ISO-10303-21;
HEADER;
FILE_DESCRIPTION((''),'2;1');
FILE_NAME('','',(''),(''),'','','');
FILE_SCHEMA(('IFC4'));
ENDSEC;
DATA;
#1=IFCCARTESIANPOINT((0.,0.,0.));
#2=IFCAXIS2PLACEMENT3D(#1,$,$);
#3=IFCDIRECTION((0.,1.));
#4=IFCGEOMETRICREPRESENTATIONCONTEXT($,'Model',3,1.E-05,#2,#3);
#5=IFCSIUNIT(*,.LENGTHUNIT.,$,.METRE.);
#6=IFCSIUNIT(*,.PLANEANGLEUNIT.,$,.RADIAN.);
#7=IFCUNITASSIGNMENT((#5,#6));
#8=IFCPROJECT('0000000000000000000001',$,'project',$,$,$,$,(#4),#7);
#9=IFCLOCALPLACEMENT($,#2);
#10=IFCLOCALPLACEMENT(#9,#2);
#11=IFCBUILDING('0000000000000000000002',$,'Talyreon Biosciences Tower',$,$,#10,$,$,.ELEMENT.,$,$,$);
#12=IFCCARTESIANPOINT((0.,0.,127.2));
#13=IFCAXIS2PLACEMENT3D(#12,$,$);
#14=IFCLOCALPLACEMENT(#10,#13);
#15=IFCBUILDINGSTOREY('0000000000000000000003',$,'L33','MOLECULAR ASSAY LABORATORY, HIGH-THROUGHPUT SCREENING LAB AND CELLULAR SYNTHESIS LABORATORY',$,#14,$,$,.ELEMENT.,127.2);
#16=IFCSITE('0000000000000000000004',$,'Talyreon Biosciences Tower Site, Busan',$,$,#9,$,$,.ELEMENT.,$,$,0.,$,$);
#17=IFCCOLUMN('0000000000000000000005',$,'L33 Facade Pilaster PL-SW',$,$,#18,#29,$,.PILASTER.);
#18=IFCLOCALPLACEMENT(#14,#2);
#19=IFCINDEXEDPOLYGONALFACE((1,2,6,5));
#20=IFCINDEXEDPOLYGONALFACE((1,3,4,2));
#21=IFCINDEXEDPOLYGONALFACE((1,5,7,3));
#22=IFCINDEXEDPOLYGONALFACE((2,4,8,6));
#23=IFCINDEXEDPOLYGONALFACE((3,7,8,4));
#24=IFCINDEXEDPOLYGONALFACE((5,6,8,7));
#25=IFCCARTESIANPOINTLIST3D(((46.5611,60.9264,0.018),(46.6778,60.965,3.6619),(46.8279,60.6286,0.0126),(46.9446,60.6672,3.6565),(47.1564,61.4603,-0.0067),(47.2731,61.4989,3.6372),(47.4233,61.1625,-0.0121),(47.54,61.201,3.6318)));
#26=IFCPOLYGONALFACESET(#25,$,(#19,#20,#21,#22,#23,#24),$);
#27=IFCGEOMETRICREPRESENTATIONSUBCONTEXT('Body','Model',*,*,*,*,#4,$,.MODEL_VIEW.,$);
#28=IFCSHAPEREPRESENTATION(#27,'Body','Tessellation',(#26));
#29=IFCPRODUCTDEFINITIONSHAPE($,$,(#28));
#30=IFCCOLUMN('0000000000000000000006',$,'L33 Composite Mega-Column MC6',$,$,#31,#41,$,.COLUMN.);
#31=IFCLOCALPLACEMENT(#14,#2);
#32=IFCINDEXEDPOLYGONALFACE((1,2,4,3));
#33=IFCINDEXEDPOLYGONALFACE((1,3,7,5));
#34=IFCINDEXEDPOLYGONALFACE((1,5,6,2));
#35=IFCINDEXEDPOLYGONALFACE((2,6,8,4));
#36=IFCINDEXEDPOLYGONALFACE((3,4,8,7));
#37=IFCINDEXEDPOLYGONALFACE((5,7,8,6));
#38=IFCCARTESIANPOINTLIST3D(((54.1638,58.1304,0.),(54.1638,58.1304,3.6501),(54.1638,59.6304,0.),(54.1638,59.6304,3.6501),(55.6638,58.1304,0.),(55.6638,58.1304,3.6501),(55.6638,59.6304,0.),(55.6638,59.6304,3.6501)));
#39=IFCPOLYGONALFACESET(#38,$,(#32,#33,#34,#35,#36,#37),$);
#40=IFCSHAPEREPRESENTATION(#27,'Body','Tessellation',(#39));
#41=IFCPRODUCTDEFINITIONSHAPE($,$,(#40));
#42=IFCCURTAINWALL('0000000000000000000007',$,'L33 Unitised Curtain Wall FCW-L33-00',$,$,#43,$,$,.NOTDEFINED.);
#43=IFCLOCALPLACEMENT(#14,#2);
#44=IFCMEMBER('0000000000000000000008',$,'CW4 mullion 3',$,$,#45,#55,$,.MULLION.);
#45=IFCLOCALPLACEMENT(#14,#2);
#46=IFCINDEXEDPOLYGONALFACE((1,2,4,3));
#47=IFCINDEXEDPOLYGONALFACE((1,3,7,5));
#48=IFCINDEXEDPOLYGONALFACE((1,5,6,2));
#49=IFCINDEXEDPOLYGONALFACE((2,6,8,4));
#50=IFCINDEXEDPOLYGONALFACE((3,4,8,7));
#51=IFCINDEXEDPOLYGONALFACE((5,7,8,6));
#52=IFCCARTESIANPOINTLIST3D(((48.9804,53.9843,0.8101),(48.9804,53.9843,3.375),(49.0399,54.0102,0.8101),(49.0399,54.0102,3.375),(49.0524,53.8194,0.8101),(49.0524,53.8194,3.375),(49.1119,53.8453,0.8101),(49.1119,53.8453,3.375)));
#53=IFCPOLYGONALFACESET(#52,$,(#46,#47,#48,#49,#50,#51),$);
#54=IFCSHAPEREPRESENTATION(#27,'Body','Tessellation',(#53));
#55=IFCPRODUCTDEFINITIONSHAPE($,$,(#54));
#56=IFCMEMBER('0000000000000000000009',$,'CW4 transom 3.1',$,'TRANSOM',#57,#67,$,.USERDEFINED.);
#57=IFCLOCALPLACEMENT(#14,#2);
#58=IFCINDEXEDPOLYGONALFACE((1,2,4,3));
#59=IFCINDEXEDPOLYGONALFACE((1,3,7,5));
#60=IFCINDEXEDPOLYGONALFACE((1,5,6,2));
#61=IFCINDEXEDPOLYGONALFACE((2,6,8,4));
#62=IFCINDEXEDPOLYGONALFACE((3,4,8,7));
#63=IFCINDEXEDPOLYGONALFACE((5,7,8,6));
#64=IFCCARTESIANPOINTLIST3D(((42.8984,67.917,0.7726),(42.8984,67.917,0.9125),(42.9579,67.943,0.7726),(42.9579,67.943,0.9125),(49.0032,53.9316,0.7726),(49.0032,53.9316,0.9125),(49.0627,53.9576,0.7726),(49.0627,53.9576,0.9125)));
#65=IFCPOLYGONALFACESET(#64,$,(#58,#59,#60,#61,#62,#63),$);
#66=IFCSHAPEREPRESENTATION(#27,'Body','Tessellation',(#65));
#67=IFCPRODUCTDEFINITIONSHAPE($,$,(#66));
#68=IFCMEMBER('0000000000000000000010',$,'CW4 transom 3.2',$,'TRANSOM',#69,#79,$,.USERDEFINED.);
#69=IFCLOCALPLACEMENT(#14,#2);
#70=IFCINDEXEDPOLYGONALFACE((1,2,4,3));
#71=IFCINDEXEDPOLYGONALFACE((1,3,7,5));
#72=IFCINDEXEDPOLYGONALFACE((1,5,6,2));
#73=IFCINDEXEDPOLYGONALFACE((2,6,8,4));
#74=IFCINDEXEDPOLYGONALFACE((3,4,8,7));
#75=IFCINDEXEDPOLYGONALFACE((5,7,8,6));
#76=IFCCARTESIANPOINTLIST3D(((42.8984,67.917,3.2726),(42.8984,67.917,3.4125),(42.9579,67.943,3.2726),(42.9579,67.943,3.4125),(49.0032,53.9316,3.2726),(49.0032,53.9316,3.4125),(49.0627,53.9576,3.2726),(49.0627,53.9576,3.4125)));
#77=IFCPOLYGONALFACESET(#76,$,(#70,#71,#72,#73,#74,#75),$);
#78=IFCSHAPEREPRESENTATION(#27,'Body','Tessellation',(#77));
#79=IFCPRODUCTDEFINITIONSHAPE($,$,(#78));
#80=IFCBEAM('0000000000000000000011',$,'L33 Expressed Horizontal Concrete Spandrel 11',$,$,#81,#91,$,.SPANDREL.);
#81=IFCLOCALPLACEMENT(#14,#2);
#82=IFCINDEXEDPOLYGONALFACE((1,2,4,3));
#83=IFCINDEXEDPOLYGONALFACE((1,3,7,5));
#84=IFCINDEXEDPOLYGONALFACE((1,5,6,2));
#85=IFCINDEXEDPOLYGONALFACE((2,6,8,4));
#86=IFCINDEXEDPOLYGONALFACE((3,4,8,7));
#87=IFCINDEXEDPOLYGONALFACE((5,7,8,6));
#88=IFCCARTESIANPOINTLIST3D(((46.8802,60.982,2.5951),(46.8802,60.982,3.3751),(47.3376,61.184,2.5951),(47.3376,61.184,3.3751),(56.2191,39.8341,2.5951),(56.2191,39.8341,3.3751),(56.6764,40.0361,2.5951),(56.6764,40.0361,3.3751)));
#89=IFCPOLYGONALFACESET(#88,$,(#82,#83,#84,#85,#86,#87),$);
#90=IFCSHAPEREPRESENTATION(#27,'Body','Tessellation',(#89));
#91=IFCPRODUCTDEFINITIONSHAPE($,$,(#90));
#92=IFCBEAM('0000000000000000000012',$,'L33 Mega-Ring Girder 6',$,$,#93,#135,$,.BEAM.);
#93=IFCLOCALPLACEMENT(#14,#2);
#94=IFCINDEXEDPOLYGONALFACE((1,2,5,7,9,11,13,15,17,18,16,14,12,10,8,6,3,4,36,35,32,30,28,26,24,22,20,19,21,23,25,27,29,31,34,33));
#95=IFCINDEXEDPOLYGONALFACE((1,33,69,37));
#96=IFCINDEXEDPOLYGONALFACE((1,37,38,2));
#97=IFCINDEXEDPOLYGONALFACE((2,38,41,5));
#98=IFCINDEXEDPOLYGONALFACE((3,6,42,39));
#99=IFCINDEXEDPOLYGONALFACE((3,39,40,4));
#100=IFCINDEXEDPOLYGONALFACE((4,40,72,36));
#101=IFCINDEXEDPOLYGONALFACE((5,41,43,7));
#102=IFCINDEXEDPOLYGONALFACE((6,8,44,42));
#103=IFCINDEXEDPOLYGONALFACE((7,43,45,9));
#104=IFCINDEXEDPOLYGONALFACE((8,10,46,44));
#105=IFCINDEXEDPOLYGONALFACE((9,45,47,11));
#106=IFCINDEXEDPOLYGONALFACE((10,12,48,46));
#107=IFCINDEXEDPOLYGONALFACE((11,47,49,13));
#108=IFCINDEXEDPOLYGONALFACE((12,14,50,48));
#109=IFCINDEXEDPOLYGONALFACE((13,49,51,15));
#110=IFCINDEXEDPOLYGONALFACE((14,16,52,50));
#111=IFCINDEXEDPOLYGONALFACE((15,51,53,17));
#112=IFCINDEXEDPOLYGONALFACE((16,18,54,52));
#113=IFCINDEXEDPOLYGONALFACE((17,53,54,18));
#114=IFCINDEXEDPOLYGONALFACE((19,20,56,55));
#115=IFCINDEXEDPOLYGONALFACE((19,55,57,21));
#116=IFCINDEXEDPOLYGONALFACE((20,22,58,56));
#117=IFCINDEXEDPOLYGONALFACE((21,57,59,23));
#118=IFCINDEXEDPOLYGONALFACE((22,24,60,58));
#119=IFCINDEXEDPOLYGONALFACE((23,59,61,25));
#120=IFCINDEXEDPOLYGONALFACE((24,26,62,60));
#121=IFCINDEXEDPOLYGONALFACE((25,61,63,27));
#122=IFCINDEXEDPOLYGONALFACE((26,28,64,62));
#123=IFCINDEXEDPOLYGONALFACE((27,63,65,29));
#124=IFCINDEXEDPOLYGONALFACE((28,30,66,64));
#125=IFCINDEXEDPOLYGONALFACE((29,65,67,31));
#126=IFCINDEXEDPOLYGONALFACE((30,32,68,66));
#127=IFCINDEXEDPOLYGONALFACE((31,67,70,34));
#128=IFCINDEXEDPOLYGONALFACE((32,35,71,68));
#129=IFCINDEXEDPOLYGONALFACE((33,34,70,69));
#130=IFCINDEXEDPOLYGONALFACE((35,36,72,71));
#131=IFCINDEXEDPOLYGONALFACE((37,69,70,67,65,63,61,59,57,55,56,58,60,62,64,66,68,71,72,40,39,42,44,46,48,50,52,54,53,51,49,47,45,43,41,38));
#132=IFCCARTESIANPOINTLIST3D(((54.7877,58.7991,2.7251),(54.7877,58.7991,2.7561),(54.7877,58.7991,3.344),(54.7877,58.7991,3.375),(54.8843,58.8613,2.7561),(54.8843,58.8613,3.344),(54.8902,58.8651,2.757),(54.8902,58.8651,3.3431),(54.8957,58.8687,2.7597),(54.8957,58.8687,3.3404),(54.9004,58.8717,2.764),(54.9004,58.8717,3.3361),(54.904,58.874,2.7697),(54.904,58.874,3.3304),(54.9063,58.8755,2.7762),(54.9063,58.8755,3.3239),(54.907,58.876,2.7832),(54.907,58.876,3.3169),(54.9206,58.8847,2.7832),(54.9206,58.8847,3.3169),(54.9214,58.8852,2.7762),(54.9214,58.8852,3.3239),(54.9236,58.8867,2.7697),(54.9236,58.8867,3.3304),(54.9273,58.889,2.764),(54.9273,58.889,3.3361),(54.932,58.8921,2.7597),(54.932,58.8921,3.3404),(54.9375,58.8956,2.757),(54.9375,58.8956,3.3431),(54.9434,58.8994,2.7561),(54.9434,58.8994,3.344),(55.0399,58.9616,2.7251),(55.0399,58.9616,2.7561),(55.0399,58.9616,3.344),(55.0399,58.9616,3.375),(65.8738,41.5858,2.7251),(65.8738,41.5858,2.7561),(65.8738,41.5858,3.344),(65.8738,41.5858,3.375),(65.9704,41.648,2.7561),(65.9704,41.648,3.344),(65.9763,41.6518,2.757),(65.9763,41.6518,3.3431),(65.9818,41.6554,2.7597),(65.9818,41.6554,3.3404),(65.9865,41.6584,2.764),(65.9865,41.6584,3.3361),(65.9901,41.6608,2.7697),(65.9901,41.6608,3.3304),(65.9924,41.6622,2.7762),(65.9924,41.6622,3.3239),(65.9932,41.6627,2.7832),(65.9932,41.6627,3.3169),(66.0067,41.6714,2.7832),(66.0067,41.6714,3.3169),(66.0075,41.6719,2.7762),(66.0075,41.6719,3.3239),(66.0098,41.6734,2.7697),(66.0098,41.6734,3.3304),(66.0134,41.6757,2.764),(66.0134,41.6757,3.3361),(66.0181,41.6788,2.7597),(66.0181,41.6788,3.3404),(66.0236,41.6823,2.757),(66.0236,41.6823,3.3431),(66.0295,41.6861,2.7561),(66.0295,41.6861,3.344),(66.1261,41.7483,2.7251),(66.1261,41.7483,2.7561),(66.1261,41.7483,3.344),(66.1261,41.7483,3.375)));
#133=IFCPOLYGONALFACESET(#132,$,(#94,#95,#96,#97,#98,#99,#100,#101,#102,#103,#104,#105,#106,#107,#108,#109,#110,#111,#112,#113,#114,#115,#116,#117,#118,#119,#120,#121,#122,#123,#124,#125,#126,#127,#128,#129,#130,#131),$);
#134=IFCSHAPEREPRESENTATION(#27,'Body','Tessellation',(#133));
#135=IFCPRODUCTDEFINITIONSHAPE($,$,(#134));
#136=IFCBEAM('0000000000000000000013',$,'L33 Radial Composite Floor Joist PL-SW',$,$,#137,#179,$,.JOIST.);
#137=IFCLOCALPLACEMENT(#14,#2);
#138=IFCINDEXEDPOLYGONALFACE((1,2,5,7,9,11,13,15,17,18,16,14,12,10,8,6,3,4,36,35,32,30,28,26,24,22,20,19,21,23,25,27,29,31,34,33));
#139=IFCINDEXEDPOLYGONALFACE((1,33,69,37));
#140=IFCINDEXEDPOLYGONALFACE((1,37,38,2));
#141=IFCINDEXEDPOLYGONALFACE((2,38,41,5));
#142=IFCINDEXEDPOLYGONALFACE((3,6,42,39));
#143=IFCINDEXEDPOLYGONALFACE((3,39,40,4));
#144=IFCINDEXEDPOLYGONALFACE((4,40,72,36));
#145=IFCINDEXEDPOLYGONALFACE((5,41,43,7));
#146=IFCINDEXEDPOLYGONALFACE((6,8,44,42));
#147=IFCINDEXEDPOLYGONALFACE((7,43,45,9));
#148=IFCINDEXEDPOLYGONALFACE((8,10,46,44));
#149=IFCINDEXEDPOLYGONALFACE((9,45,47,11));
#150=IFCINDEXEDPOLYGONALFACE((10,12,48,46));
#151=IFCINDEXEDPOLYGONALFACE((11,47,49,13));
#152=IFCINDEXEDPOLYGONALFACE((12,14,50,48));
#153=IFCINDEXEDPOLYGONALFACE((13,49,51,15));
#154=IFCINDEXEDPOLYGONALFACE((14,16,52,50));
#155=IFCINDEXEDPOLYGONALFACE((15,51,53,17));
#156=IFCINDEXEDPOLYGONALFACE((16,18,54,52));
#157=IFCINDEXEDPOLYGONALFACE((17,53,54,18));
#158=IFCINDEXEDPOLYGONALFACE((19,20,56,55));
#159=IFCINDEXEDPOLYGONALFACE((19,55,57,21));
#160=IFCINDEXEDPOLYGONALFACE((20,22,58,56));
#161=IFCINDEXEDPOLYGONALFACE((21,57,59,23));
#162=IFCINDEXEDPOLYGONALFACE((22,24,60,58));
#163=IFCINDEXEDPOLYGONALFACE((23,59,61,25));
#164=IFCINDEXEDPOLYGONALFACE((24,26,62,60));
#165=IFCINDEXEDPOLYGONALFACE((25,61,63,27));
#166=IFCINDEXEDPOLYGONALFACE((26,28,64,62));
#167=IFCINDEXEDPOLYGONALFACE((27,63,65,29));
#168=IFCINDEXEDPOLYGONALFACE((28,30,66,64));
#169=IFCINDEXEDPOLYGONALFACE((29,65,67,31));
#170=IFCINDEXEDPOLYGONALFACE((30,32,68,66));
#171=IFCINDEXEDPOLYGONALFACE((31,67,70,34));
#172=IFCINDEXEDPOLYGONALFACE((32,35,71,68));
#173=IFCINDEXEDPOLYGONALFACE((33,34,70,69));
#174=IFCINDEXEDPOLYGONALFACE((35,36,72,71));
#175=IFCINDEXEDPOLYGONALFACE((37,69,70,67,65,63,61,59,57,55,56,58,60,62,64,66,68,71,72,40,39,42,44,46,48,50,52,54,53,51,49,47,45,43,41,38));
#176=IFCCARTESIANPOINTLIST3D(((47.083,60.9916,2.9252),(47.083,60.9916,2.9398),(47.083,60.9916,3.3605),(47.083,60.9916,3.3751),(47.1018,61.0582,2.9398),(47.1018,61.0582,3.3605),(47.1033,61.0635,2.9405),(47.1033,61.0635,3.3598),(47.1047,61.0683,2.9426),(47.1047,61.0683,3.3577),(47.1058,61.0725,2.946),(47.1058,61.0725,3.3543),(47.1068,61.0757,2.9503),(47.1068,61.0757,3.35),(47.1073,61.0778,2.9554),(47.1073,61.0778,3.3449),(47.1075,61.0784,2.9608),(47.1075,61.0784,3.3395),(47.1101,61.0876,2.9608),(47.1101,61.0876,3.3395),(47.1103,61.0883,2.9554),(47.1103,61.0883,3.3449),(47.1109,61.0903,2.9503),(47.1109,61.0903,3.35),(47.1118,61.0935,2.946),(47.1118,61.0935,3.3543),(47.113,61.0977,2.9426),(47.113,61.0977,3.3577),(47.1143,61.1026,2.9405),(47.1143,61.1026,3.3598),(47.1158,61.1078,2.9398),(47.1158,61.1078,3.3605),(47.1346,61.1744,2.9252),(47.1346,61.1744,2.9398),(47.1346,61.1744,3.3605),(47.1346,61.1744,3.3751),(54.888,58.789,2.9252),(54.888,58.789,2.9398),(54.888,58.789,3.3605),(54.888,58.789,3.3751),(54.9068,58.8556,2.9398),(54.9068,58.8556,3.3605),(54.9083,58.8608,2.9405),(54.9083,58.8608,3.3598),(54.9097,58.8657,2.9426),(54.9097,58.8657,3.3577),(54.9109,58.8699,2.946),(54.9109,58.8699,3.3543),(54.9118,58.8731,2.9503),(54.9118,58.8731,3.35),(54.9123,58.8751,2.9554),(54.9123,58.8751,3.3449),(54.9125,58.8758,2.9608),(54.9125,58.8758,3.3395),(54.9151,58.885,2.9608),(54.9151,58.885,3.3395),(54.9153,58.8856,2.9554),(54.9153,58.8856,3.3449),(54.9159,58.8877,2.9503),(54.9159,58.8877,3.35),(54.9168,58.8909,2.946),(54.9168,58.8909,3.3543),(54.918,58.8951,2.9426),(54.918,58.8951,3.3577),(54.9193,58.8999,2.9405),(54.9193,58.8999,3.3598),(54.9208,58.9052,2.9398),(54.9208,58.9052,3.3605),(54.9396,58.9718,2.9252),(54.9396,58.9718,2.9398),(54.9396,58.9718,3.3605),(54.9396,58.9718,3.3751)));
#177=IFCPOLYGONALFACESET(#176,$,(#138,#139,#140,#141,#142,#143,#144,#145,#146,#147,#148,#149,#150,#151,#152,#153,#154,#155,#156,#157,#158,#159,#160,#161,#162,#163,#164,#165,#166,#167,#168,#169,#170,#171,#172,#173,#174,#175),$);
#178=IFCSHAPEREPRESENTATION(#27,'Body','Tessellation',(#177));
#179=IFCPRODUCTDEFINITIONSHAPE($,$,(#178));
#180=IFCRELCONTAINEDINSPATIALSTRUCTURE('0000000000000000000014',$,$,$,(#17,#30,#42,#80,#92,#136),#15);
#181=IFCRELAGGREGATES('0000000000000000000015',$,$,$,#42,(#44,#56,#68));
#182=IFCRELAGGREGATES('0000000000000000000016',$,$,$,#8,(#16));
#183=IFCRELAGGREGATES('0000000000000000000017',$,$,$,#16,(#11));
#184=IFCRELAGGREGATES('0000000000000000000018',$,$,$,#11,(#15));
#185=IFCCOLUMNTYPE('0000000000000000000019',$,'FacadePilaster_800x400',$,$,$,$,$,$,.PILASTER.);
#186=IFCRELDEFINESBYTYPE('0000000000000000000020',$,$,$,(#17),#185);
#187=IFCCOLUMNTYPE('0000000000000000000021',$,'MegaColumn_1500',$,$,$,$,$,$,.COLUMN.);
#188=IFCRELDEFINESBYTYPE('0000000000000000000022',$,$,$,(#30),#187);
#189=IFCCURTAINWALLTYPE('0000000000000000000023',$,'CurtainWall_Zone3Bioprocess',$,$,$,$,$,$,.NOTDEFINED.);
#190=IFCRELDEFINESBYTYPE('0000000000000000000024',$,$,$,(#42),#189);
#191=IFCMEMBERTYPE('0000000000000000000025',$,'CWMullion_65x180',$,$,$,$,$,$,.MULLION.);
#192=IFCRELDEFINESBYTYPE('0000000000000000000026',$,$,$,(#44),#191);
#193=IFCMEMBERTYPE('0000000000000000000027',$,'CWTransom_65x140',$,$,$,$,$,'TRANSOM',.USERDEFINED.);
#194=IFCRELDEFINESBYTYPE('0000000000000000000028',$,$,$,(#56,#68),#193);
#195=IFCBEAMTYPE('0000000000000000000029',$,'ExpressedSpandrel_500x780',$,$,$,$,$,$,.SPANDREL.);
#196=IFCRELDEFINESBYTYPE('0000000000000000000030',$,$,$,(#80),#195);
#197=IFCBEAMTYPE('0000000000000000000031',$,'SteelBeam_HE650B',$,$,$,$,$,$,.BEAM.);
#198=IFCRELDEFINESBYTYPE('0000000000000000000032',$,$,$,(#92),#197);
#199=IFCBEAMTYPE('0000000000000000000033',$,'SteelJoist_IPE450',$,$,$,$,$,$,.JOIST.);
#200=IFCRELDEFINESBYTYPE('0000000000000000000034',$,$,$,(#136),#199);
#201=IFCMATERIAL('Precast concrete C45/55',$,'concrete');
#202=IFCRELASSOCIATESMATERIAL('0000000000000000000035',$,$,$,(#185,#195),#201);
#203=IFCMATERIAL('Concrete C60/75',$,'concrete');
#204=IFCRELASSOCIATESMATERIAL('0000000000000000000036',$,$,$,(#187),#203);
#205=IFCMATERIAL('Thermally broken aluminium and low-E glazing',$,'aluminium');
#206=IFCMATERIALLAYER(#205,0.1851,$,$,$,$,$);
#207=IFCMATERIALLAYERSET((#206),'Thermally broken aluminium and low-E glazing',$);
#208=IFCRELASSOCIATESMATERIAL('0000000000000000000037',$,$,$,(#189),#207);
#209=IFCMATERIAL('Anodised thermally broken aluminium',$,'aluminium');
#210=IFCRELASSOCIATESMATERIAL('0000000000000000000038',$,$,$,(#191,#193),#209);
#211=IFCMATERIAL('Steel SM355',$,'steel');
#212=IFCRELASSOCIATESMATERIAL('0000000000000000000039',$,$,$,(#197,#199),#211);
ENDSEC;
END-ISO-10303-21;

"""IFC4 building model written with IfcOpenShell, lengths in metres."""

from ifc_helpers import new_model, si_unit, direction, frame, origin, origin_2d, place, context, subcontext, project, spatial, rectangle, i_section, extrude, material, layer, layer_set, material_profile, profile_set, type_object, element, aggregate, save


model = new_model("IFC4")

# Units and contexts
model_context = context("Model", 3, precision=1e-05, world=origin(), true_north=direction((0.0, 1.0)))
body_context = subcontext(model_context, "Body", "Model", "MODEL_VIEW")
ifc_project = project(units=[si_unit("LENGTHUNIT", "METRE"), si_unit("PLANEANGLEUNIT", "RADIAN")], contexts=[model_context])

# Site, building, storey
site_placement = place(None, origin())
site = spatial("IfcSite", under=ifc_project, at=site_placement, Name="Talyreon Biosciences Tower Site, Busan", CompositionType="ELEMENT", RefElevation=0.0)
building_placement = place(site_placement, origin())
building = spatial("IfcBuilding", under=site, at=building_placement, Name="Talyreon Biosciences Tower", CompositionType="ELEMENT")
storey_placement = place(building_placement, frame((0.0, 0.0, 127.2)))
storey = spatial("IfcBuildingStorey", under=building, at=storey_placement, Name="L33", Description="MOLECULAR ASSAY LABORATORY, HIGH-THROUGHPUT SCREENING LAB AND CELLULAR SYNTHESIS LABORATORY", CompositionType="ELEMENT", Elevation=127.2)

# Columns
ifc_material_1 = material(Name="Precast concrete C45/55", Category="concrete")
ifc_material_profile_1 = material_profile(ifc_material_1, rectangle(XDim=0.8, YDim=0.3999, at=origin_2d()), Name="RC 800x400")
ifc_profile_set_1 = profile_set([ifc_material_profile_1], Name="Precast concrete C45/55")
column_type_1 = type_object("IfcColumnType", Name="FacadePilaster_800x400", PredefinedType="PILASTER", material=ifc_profile_set_1)
column_1_placement = place(storey_placement, frame((46.9922, 61.0444, 0.0029), z_axis=(0.032006, 0.01058, 0.999432), x_axis=(0.744132, 0.667318, -0.030894)))
element("IfcColumn", 1, at=column_1_placement, inside=storey, type_object=column_type_1, Name="L33 Facade Pilaster PL-SW", PredefinedType="PILASTER", context=body_context, shape_type="SweptSolid", body=[
    extrude(rectangle(XDim=0.8, YDim=0.3999, at=origin_2d()), origin(), (0.0, 0.0, 1.0), 3.646),
])
ifc_material_2 = material(Name="Concrete C60/75", Category="concrete")
ifc_material_profile_2 = material_profile(ifc_material_2, rectangle(XDim=1.5, YDim=1.5, at=origin_2d()), Name="RC 1500x1500")
ifc_profile_set_2 = profile_set([ifc_material_profile_2], Name="Concrete C60/75")
column_type_2 = type_object("IfcColumnType", Name="MegaColumn_1500", PredefinedType="COLUMN", material=ifc_profile_set_2)
column_2_placement = place(storey_placement, frame((54.9138, 58.8804, 0.0), z_axis=(0.0, 0.0, 1.0), x_axis=(1.0, 0.0, 0.0)))
element("IfcColumn", 2, at=column_2_placement, inside=storey, type_object=column_type_2, Name="L33 Composite Mega-Column MC6", PredefinedType="COLUMN", context=body_context, shape_type="SweptSolid", body=[
    extrude(rectangle(XDim=1.5, YDim=1.5, at=origin_2d()), origin(), (0.0, 0.0, 1.0), 3.6501),
])

# Curtain wall, members
ifc_material_3 = material(Name="Thermally broken aluminium and low-E glazing", Category="aluminium")
ifc_layer_1 = layer(ifc_material_3, 0.1851)
ifc_layer_set_1 = layer_set([ifc_layer_1], Name="Thermally broken aluminium and low-E glazing")
curtain_wall_type = type_object("IfcCurtainWallType", Name="CurtainWall_Zone3Bioprocess", PredefinedType="NOTDEFINED", material=ifc_layer_set_1)
curtain_wall_placement = place(storey_placement, origin())
curtain_wall = element("IfcCurtainWall", 3, at=curtain_wall_placement, inside=storey, type_object=curtain_wall_type, Name="L33 Unitised Curtain Wall FCW-L33-00", PredefinedType="NOTDEFINED")
ifc_material_4 = material(Name="Anodised thermally broken aluminium", Category="aluminium")
ifc_material_profile_3 = material_profile(ifc_material_4, rectangle(XDim=0.0649, YDim=0.1799, at=origin_2d()), Name="ALUM MULLION 65x180")
ifc_profile_set_3 = profile_set([ifc_material_profile_3], Name="Anodised thermally broken aluminium")
member_type_1 = type_object("IfcMemberType", Name="CWMullion_65x180", PredefinedType="MULLION", material=ifc_profile_set_3)
member_1_placement = place(storey_placement, frame((49.0461, 53.9148, 0.8101), z_axis=(0.0, 0.0, 1.0), x_axis=(-0.91649, -0.400058, 0.0)))
member_1 = element("IfcMember", 4, at=member_1_placement, type_object=member_type_1, Name="CW4 mullion 3", PredefinedType="MULLION", context=body_context, shape_type="SweptSolid", body=[
    extrude(rectangle(XDim=0.0649, YDim=0.1799, at=origin_2d()), origin(), (0.0, 0.0, 1.0), 2.5649),
])
ifc_material_profile_4 = material_profile(ifc_material_4, rectangle(XDim=0.0649, YDim=0.1399, at=origin_2d()), Name="ALUM TRANSOM 65x140")
ifc_profile_set_4 = profile_set([ifc_material_profile_4], Name="Anodised thermally broken aluminium")
member_type_2 = type_object("IfcMemberType", Name="CWTransom_65x140", ElementType="TRANSOM", PredefinedType="USERDEFINED", material=ifc_profile_set_4)
member_2_placement = place(storey_placement, frame((49.033, 53.9446, 0.8425), z_axis=(-0.400057, 0.91649, 0.0), x_axis=(-0.91649, -0.400057, 0.0)))
member_2 = element("IfcMember", 5, at=member_2_placement, type_object=member_type_2, Name="CW4 transom 3.1", ObjectType="TRANSOM", PredefinedType="USERDEFINED", context=body_context, shape_type="SweptSolid", body=[
    extrude(rectangle(XDim=0.0649, YDim=0.1399, at=origin_2d()), origin(), (0.0, 0.0, 1.0), 15.2598),
])
member_3_placement = place(storey_placement, frame((49.033, 53.9446, 3.3425), z_axis=(-0.400057, 0.91649, 0.0), x_axis=(-0.91649, -0.400057, 0.0)))
member_3 = element("IfcMember", 6, at=member_3_placement, type_object=member_type_2, Name="CW4 transom 3.2", ObjectType="TRANSOM", PredefinedType="USERDEFINED", context=body_context, shape_type="SweptSolid", body=[
    extrude(rectangle(XDim=0.0649, YDim=0.1399, at=origin_2d()), origin(), (0.0, 0.0, 1.0), 15.2598),
])

# Beams
ifc_material_profile_5 = material_profile(ifc_material_1, rectangle(XDim=0.5, YDim=0.78, at=origin_2d()), Name="RCB 500x780")
ifc_profile_set_5 = profile_set([ifc_material_profile_5], Name="Precast concrete C45/55")
beam_type_1 = type_object("IfcBeamType", Name="ExpressedSpandrel_500x780", PredefinedType="SPANDREL", material=ifc_profile_set_5)
beam_1_placement = place(storey_placement, frame((47.1089, 61.083, 2.9851), z_axis=(0.403962, -0.914776, 0.0), x_axis=(0.914776, 0.403962, 0.0)))
element("IfcBeam", 7, at=beam_1_placement, inside=storey, type_object=beam_type_1, Name="L33 Expressed Horizontal Concrete Spandrel 11", PredefinedType="SPANDREL", context=body_context, shape_type="SweptSolid", body=[
    extrude(rectangle(XDim=0.5, YDim=0.78, at=origin_2d()), origin(), (0.0, 0.0, 1.0), 23.1182),
])
ifc_material_5 = material(Name="Steel SM355", Category="steel")
ifc_material_profile_6 = material_profile(ifc_material_5, i_section(OverallWidth=0.3, OverallDepth=0.6499, WebThickness=0.0161, FlangeThickness=0.031, FilletRadius=0.0271, at=origin_2d()), Name="HE650B")
ifc_profile_set_6 = profile_set([ifc_material_profile_6], Name="Steel SM355")
beam_type_2 = type_object("IfcBeamType", Name="SteelBeam_HE650B", PredefinedType="BEAM", material=ifc_profile_set_6)
beam_2_placement = place(storey_placement, frame((54.9138, 58.8804, 3.05), z_axis=(0.541464, -0.840724, 0.0), x_axis=(0.840724, 0.541464, 0.0)))
element("IfcBeam", 8, at=beam_2_placement, inside=storey, type_object=beam_type_2, Name="L33 Mega-Ring Girder 6", PredefinedType="BEAM", context=body_context, shape_type="SweptSolid", body=[
    extrude(i_section(OverallWidth=0.3, OverallDepth=0.6499, WebThickness=0.0161, FlangeThickness=0.031, FilletRadius=0.0271, at=origin_2d()), origin(), (0.0, 0.0, 1.0), 20.4744),
])
ifc_material_profile_7 = material_profile(ifc_material_5, i_section(OverallWidth=0.1899, OverallDepth=0.45, WebThickness=0.0095, FlangeThickness=0.0146, FilletRadius=0.021, at=origin_2d()), Name="IPE450")
ifc_profile_set_7 = profile_set([ifc_material_profile_7], Name="Steel SM355")
beam_type_3 = type_object("IfcBeamType", Name="SteelJoist_IPE450", PredefinedType="JOIST", material=ifc_profile_set_7)
beam_3_placement = place(storey_placement, frame((54.9138, 58.8804, 3.1501), z_axis=(-0.96241, 0.271602, 0.0), x_axis=(-0.271602, -0.96241, 0.0)))
element("IfcBeam", 9, at=beam_3_placement, inside=storey, type_object=beam_type_3, Name="L33 Radial Composite Floor Joist PL-SW", PredefinedType="JOIST", context=body_context, shape_type="SweptSolid", body=[
    extrude(i_section(OverallWidth=0.1899, OverallDepth=0.45, WebThickness=0.0095, FlangeThickness=0.0146, FilletRadius=0.021, at=origin_2d()), origin(), (0.0, 0.0, 1.0), 8.1099),
])

aggregate(curtain_wall, [member_1, member_2, member_3])

save(model, "model.ifc")
